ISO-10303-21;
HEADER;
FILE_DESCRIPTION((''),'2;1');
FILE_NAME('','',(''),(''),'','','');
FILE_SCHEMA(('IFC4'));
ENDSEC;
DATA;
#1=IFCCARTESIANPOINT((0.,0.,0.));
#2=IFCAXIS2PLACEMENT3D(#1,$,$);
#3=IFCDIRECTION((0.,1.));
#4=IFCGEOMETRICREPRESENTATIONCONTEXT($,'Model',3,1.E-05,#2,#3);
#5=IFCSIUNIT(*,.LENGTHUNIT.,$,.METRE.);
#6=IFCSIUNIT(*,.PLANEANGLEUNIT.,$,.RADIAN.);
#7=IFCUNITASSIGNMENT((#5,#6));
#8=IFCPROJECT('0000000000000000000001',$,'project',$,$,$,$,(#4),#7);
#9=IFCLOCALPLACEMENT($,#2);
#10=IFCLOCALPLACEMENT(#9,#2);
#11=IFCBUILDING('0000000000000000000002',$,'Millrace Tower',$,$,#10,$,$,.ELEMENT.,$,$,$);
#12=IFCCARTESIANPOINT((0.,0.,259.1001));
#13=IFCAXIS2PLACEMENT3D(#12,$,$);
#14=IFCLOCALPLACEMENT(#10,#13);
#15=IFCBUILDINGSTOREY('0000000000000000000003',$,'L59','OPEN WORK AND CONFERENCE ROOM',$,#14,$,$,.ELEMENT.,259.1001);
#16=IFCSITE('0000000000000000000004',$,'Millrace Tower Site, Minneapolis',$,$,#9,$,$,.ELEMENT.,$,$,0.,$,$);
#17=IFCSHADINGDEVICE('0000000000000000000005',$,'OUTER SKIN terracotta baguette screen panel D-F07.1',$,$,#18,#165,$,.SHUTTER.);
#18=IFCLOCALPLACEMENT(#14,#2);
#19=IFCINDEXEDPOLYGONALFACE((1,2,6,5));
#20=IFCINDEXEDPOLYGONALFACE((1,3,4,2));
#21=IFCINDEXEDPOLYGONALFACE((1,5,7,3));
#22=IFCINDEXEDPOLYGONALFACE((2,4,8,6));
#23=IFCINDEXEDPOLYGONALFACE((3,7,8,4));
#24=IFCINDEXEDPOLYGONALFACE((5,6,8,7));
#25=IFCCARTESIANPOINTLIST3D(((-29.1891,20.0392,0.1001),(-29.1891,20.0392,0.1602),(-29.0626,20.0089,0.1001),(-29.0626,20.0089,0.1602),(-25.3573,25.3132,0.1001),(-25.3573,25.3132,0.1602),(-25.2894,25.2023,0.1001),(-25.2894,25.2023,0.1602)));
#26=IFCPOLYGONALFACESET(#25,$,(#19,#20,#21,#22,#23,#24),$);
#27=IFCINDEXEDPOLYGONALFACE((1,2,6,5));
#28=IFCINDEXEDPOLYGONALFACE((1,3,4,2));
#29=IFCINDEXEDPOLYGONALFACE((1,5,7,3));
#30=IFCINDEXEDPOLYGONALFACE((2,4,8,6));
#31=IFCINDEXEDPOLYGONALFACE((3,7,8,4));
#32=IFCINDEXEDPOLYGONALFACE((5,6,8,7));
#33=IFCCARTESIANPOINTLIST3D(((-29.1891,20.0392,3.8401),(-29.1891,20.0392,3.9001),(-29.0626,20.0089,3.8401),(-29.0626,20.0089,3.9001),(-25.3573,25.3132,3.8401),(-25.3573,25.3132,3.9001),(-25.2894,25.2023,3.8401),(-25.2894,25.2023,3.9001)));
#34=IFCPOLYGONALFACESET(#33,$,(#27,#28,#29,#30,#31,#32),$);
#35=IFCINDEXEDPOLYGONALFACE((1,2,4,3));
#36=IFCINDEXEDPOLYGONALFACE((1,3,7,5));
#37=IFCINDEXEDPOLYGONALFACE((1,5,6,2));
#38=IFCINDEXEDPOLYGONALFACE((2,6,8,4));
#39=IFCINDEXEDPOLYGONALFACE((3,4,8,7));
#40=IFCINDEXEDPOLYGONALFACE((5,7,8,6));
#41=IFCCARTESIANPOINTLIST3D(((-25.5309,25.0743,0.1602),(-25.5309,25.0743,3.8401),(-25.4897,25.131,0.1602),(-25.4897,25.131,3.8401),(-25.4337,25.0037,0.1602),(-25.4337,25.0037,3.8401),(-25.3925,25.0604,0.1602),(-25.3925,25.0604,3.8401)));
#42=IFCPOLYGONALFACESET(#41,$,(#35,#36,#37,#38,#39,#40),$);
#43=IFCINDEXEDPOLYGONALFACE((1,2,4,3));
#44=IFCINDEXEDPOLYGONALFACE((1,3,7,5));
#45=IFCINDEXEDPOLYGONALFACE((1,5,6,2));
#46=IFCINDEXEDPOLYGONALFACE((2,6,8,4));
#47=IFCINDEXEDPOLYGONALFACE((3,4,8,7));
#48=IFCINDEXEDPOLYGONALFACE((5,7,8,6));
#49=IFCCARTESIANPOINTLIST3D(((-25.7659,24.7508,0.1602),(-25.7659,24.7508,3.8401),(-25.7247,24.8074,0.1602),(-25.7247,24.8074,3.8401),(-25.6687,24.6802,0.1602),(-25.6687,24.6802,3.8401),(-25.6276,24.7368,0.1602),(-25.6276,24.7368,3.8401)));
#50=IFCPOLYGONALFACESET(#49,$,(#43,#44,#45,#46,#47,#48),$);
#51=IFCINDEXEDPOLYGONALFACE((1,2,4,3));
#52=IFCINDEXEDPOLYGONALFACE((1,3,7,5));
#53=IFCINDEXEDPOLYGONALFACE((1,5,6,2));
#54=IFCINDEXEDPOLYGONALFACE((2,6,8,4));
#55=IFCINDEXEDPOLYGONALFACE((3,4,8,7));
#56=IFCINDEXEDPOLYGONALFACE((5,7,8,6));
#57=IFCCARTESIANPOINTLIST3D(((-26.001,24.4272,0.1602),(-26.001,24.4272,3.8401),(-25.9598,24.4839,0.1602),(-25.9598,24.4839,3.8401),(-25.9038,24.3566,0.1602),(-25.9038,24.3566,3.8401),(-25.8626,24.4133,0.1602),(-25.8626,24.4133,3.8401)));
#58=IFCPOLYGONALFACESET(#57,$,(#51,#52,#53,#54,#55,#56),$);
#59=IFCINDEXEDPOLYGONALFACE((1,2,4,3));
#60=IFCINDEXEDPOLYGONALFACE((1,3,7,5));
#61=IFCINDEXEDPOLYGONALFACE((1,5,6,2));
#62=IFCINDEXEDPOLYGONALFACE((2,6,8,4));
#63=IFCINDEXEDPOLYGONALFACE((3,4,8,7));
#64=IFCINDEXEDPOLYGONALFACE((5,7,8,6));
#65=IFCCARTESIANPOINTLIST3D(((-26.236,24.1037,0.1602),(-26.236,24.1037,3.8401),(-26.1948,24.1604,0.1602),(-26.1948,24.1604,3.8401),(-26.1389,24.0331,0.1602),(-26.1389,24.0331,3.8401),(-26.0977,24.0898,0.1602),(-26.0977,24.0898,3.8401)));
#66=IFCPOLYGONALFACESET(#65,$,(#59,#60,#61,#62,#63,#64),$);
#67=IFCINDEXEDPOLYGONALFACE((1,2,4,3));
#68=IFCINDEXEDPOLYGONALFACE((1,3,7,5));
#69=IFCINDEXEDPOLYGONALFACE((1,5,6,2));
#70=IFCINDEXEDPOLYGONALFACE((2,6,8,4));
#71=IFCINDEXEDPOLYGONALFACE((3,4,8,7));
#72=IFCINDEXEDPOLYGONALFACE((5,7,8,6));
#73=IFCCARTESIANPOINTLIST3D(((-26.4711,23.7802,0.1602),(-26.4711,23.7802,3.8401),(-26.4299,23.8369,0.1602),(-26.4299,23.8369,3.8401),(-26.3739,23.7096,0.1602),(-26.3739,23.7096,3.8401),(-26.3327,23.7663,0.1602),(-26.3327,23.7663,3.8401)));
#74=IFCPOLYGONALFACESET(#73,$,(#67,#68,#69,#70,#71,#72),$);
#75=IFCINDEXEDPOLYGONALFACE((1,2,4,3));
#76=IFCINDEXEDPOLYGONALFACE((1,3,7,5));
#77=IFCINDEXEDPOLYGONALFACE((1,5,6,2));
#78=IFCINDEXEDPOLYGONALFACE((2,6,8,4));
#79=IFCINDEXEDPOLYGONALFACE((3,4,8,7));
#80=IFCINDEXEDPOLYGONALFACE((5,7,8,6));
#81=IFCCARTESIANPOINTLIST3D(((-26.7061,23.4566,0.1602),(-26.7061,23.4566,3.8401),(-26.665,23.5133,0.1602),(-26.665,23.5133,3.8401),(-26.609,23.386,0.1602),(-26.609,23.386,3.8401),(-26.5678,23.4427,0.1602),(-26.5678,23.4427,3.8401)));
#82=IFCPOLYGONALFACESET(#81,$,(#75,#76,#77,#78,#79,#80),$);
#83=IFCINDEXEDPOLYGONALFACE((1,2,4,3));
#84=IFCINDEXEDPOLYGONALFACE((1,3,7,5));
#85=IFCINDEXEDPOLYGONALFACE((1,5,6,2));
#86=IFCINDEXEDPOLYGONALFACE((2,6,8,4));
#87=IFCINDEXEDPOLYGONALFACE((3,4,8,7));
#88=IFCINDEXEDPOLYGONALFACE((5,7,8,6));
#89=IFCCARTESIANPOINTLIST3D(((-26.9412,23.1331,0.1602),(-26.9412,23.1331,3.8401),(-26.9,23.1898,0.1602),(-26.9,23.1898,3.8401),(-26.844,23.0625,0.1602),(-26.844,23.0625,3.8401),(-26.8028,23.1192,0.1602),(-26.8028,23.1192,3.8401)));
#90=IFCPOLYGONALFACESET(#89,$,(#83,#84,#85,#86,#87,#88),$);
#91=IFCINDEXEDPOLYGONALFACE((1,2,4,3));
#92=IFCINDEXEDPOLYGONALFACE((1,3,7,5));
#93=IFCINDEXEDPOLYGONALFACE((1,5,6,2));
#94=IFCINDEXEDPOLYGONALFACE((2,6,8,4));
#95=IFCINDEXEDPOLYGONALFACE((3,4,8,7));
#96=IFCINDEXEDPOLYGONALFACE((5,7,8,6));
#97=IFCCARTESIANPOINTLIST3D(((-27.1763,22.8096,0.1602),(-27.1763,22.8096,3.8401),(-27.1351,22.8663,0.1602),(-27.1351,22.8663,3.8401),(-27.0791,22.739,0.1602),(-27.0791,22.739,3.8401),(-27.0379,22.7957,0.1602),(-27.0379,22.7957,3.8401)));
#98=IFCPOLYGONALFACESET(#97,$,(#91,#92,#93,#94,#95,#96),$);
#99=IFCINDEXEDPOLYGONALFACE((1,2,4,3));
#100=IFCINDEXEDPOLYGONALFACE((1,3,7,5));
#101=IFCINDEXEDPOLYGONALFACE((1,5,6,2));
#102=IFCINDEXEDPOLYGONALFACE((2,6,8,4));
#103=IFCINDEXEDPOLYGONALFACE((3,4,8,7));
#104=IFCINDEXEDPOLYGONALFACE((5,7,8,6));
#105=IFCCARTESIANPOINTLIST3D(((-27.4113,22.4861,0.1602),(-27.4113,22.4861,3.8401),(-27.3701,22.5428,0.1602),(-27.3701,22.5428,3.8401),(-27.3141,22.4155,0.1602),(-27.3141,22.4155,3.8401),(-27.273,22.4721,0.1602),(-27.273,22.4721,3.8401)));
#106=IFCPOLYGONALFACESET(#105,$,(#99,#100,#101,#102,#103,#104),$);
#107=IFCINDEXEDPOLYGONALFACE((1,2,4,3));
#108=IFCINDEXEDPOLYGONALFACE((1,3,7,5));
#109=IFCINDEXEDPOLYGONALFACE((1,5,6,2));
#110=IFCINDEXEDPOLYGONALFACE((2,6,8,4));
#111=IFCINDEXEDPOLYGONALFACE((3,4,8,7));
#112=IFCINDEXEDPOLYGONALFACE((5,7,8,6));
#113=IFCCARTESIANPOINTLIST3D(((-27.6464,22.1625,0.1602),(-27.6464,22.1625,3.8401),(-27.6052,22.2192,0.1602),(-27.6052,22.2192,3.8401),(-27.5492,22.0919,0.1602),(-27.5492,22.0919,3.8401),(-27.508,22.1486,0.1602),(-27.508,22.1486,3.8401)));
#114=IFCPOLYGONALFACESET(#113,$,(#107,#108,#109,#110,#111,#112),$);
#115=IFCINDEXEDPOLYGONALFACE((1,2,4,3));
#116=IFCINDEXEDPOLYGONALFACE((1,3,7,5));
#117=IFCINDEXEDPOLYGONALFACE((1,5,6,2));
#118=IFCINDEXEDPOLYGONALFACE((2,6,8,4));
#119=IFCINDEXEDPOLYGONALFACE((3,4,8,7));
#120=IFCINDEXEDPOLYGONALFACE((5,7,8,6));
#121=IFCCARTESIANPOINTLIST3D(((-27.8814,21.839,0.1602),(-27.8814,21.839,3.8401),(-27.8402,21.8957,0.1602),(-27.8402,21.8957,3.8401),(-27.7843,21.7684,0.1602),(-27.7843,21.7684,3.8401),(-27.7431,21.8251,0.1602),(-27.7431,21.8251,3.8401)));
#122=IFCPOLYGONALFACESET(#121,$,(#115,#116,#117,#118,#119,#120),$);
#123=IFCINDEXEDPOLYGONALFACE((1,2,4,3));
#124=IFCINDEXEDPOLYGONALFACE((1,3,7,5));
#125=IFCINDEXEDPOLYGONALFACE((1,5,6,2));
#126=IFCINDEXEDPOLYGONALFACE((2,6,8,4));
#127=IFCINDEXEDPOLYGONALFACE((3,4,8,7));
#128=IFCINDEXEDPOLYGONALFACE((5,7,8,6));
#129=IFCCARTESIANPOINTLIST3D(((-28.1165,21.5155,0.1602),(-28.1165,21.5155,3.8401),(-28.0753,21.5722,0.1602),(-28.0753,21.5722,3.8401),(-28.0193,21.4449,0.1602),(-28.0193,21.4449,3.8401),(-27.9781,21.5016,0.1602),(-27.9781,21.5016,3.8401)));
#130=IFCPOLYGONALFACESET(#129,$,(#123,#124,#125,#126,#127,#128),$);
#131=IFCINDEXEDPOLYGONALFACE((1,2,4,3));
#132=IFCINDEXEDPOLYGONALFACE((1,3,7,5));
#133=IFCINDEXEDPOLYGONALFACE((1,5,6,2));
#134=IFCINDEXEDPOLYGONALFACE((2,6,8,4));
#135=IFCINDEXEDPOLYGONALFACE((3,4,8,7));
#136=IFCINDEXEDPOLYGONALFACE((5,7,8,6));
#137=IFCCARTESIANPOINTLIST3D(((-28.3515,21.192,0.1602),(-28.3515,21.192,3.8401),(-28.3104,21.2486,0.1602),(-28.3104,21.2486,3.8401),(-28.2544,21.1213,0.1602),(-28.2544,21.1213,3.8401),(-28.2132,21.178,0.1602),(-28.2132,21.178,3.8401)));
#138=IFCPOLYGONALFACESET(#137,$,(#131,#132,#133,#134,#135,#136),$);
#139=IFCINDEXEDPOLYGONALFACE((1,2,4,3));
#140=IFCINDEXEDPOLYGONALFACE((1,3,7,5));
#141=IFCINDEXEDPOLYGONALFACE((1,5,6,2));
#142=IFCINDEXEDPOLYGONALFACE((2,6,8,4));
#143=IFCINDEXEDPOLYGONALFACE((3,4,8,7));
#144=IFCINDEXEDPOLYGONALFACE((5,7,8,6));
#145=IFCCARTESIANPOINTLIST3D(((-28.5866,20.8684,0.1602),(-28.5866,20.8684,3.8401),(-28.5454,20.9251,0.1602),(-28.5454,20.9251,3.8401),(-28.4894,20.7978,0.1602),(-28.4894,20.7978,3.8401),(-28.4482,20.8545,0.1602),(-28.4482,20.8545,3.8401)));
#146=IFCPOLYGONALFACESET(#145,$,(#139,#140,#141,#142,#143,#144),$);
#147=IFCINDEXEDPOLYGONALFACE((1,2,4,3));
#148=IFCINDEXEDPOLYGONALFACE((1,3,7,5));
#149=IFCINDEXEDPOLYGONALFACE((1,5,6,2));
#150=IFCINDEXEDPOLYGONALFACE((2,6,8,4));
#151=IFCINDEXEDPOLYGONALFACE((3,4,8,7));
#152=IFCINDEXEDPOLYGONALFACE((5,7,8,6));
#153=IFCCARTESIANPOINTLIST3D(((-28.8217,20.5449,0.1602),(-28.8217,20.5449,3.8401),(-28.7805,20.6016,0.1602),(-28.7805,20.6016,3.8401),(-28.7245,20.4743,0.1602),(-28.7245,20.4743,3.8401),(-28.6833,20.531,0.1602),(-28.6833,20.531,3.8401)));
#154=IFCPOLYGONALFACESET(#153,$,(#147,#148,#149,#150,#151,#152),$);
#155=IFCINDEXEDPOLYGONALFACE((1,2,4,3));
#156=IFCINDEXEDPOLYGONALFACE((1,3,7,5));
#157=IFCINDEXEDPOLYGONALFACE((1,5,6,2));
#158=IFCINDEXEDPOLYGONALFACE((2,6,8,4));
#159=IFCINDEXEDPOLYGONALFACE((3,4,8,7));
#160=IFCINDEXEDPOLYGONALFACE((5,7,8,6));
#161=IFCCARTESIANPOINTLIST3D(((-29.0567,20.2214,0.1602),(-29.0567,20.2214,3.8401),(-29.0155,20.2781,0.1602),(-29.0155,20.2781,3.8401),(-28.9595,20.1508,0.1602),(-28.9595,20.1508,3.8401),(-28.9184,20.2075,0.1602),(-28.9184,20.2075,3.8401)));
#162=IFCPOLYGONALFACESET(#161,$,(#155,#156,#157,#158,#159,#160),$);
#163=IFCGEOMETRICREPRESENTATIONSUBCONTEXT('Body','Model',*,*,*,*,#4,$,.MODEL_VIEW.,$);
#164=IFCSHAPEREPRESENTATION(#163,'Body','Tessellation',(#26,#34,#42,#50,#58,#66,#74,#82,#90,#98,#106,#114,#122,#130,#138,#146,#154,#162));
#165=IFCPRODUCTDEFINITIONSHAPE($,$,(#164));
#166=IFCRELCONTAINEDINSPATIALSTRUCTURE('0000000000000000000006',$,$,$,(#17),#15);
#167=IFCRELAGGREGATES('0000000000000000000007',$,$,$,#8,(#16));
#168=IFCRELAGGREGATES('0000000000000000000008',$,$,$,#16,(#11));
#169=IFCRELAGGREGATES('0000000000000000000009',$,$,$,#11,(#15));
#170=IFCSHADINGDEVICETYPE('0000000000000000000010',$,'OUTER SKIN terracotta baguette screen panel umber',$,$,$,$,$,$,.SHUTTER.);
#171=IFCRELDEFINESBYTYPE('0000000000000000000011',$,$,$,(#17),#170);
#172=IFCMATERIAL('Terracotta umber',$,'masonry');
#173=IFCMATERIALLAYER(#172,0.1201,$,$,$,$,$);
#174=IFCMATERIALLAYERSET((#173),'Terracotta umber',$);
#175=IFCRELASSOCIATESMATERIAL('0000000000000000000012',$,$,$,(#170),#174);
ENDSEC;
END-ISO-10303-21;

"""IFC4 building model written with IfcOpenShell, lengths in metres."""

from ifc_helpers import new_model, entity, si_unit, direction, frame, frame_2d, origin, place, context, subcontext, project, spatial, rectangle, extrude, source, transform, mapped, material, layer, layer_set, type_object, element, save


model = new_model("IFC4")

# Units and contexts
model_context = context("Model", 3, precision=1e-05, world=origin(), true_north=direction((0.0, 1.0)))
body_context = subcontext(model_context, "Body", "Model", "MODEL_VIEW")
ifc_project = project(units=[si_unit("LENGTHUNIT", "METRE"), si_unit("PLANEANGLEUNIT", "RADIAN")], contexts=[model_context])

# Site, building, storey
site_placement = place(None, origin())
site = spatial("IfcSite", under=ifc_project, at=site_placement, Name="Millrace Tower Site, Minneapolis", CompositionType="ELEMENT", RefElevation=0.0)
building_placement = place(site_placement, origin())
building = spatial("IfcBuilding", under=site, at=building_placement, Name="Millrace Tower", CompositionType="ELEMENT")
storey_placement = place(building_placement, frame((0.0, 0.0, 259.1001)))
storey = spatial("IfcBuildingStorey", under=building, at=storey_placement, Name="L59", Description="OPEN WORK AND CONFERENCE ROOM", CompositionType="ELEMENT", Elevation=259.1001)

# Shading device
ifc_material_1 = material(Name="Terracotta umber", Category="masonry")
ifc_layer_1 = layer(ifc_material_1, 0.1201)
ifc_layer_set_1 = layer_set([ifc_layer_1], Name="Terracotta umber")
shading_device_type = type_object("IfcShadingDeviceType", Name="OUTER SKIN terracotta baguette screen panel umber", PredefinedType="SHUTTER", material=ifc_layer_set_1)
cartesian_point_1 = entity("IfcCartesianPoint", [-3.2097, 0.0601])
shared_polyline_1 = entity("IfcPolyline", [cartesian_point_1, entity("IfcCartesianPoint", [3.2097, 0.0601]), entity("IfcCartesianPoint", [3.2595, -0.0601]), entity("IfcCartesianPoint", [-3.2595, -0.0601]), cartesian_point_1])
shared_shape_1 = source(origin(), body_context, "Body", "SweptSolid", [
    entity("IfcExtrudedAreaSolid", entity("IfcArbitraryClosedProfileDef", "AREA", None, shared_polyline_1), entity("IfcAxis2Placement3D", entity("IfcCartesianPoint", [0.0, 0.0, 0.0])), entity("IfcDirection", [0.0, 0.0, 1.0]), 0.0601),
    entity("IfcExtrudedAreaSolid", entity("IfcArbitraryClosedProfileDef", "AREA", None, shared_polyline_1), entity("IfcAxis2Placement3D", entity("IfcCartesianPoint", [0.0, 0.0, 3.74])), entity("IfcDirection", [0.0, 0.0, 1.0]), 0.0601),
    extrude(rectangle(XDim=0.0701, YDim=0.1201, at=frame_2d((-2.9993, 0.0))), frame((0.0, 0.0, 0.0601)), (0.0, 0.0, 1.0), 3.6799),
    extrude(rectangle(XDim=0.0701, YDim=0.1201, at=frame_2d((-2.5994, 0.0))), frame((0.0, 0.0, 0.0601)), (0.0, 0.0, 1.0), 3.6799),
    extrude(rectangle(XDim=0.0701, YDim=0.1201, at=frame_2d((-2.1995, 0.0))), frame((0.0, 0.0, 0.0601)), (0.0, 0.0, 1.0), 3.6799),
    extrude(rectangle(XDim=0.0701, YDim=0.1201, at=frame_2d((-1.7996, 0.0))), frame((0.0, 0.0, 0.0601)), (0.0, 0.0, 1.0), 3.6799),
    extrude(rectangle(XDim=0.0701, YDim=0.1201, at=frame_2d((-1.3997, 0.0))), frame((0.0, 0.0, 0.0601)), (0.0, 0.0, 1.0), 3.6799),
    extrude(rectangle(XDim=0.0701, YDim=0.1201, at=frame_2d((-0.9998, 0.0))), frame((0.0, 0.0, 0.0601)), (0.0, 0.0, 1.0), 3.6799),
    extrude(rectangle(XDim=0.0701, YDim=0.1201, at=frame_2d((-0.5999, 0.0))), frame((0.0, 0.0, 0.0601)), (0.0, 0.0, 1.0), 3.6799),
    extrude(rectangle(XDim=0.0701, YDim=0.1201, at=frame_2d((-0.2, 0.0))), frame((0.0, 0.0, 0.0601)), (0.0, 0.0, 1.0), 3.6799),
    extrude(rectangle(XDim=0.0701, YDim=0.1201, at=frame_2d((0.2, 0.0))), frame((0.0, 0.0, 0.0601)), (0.0, 0.0, 1.0), 3.6799),
    extrude(rectangle(XDim=0.0701, YDim=0.1201, at=frame_2d((0.5999, 0.0))), frame((0.0, 0.0, 0.0601)), (0.0, 0.0, 1.0), 3.6799),
    extrude(rectangle(XDim=0.0701, YDim=0.1201, at=frame_2d((0.9998, 0.0))), frame((0.0, 0.0, 0.0601)), (0.0, 0.0, 1.0), 3.6799),
    extrude(rectangle(XDim=0.0701, YDim=0.1201, at=frame_2d((1.3997, 0.0))), frame((0.0, 0.0, 0.0601)), (0.0, 0.0, 1.0), 3.6799),
    extrude(rectangle(XDim=0.0701, YDim=0.1201, at=frame_2d((1.7996, 0.0))), frame((0.0, 0.0, 0.0601)), (0.0, 0.0, 1.0), 3.6799),
    extrude(rectangle(XDim=0.0701, YDim=0.1201, at=frame_2d((2.1995, 0.0))), frame((0.0, 0.0, 0.0601)), (0.0, 0.0, 1.0), 3.6799),
    extrude(rectangle(XDim=0.0701, YDim=0.1201, at=frame_2d((2.5994, 0.0))), frame((0.0, 0.0, 0.0601)), (0.0, 0.0, 1.0), 3.6799),
    extrude(rectangle(XDim=0.0701, YDim=0.1201, at=frame_2d((2.9993, 0.0))), frame((0.0, 0.0, 0.0601)), (0.0, 0.0, 1.0), 3.6799),
])
shading_device_1_placement = place(storey_placement, frame((-27.2246, 22.6409, 0.1001), z_axis=(0.0, 0.0, 1.0), x_axis=(-0.587785, -0.809017, 0.0)))
element("IfcShadingDevice", 1, at=shading_device_1_placement, inside=storey, type_object=shading_device_type, Name="OUTER SKIN terracotta baguette screen panel D-F07.1", PredefinedType="SHUTTER", context=body_context, shape_type="MappedRepresentation", body=[
    mapped(shared_shape_1, transform((0.0, 0.0, 0.0), scale=1.0)),
])

save(model, "model.ifc")
